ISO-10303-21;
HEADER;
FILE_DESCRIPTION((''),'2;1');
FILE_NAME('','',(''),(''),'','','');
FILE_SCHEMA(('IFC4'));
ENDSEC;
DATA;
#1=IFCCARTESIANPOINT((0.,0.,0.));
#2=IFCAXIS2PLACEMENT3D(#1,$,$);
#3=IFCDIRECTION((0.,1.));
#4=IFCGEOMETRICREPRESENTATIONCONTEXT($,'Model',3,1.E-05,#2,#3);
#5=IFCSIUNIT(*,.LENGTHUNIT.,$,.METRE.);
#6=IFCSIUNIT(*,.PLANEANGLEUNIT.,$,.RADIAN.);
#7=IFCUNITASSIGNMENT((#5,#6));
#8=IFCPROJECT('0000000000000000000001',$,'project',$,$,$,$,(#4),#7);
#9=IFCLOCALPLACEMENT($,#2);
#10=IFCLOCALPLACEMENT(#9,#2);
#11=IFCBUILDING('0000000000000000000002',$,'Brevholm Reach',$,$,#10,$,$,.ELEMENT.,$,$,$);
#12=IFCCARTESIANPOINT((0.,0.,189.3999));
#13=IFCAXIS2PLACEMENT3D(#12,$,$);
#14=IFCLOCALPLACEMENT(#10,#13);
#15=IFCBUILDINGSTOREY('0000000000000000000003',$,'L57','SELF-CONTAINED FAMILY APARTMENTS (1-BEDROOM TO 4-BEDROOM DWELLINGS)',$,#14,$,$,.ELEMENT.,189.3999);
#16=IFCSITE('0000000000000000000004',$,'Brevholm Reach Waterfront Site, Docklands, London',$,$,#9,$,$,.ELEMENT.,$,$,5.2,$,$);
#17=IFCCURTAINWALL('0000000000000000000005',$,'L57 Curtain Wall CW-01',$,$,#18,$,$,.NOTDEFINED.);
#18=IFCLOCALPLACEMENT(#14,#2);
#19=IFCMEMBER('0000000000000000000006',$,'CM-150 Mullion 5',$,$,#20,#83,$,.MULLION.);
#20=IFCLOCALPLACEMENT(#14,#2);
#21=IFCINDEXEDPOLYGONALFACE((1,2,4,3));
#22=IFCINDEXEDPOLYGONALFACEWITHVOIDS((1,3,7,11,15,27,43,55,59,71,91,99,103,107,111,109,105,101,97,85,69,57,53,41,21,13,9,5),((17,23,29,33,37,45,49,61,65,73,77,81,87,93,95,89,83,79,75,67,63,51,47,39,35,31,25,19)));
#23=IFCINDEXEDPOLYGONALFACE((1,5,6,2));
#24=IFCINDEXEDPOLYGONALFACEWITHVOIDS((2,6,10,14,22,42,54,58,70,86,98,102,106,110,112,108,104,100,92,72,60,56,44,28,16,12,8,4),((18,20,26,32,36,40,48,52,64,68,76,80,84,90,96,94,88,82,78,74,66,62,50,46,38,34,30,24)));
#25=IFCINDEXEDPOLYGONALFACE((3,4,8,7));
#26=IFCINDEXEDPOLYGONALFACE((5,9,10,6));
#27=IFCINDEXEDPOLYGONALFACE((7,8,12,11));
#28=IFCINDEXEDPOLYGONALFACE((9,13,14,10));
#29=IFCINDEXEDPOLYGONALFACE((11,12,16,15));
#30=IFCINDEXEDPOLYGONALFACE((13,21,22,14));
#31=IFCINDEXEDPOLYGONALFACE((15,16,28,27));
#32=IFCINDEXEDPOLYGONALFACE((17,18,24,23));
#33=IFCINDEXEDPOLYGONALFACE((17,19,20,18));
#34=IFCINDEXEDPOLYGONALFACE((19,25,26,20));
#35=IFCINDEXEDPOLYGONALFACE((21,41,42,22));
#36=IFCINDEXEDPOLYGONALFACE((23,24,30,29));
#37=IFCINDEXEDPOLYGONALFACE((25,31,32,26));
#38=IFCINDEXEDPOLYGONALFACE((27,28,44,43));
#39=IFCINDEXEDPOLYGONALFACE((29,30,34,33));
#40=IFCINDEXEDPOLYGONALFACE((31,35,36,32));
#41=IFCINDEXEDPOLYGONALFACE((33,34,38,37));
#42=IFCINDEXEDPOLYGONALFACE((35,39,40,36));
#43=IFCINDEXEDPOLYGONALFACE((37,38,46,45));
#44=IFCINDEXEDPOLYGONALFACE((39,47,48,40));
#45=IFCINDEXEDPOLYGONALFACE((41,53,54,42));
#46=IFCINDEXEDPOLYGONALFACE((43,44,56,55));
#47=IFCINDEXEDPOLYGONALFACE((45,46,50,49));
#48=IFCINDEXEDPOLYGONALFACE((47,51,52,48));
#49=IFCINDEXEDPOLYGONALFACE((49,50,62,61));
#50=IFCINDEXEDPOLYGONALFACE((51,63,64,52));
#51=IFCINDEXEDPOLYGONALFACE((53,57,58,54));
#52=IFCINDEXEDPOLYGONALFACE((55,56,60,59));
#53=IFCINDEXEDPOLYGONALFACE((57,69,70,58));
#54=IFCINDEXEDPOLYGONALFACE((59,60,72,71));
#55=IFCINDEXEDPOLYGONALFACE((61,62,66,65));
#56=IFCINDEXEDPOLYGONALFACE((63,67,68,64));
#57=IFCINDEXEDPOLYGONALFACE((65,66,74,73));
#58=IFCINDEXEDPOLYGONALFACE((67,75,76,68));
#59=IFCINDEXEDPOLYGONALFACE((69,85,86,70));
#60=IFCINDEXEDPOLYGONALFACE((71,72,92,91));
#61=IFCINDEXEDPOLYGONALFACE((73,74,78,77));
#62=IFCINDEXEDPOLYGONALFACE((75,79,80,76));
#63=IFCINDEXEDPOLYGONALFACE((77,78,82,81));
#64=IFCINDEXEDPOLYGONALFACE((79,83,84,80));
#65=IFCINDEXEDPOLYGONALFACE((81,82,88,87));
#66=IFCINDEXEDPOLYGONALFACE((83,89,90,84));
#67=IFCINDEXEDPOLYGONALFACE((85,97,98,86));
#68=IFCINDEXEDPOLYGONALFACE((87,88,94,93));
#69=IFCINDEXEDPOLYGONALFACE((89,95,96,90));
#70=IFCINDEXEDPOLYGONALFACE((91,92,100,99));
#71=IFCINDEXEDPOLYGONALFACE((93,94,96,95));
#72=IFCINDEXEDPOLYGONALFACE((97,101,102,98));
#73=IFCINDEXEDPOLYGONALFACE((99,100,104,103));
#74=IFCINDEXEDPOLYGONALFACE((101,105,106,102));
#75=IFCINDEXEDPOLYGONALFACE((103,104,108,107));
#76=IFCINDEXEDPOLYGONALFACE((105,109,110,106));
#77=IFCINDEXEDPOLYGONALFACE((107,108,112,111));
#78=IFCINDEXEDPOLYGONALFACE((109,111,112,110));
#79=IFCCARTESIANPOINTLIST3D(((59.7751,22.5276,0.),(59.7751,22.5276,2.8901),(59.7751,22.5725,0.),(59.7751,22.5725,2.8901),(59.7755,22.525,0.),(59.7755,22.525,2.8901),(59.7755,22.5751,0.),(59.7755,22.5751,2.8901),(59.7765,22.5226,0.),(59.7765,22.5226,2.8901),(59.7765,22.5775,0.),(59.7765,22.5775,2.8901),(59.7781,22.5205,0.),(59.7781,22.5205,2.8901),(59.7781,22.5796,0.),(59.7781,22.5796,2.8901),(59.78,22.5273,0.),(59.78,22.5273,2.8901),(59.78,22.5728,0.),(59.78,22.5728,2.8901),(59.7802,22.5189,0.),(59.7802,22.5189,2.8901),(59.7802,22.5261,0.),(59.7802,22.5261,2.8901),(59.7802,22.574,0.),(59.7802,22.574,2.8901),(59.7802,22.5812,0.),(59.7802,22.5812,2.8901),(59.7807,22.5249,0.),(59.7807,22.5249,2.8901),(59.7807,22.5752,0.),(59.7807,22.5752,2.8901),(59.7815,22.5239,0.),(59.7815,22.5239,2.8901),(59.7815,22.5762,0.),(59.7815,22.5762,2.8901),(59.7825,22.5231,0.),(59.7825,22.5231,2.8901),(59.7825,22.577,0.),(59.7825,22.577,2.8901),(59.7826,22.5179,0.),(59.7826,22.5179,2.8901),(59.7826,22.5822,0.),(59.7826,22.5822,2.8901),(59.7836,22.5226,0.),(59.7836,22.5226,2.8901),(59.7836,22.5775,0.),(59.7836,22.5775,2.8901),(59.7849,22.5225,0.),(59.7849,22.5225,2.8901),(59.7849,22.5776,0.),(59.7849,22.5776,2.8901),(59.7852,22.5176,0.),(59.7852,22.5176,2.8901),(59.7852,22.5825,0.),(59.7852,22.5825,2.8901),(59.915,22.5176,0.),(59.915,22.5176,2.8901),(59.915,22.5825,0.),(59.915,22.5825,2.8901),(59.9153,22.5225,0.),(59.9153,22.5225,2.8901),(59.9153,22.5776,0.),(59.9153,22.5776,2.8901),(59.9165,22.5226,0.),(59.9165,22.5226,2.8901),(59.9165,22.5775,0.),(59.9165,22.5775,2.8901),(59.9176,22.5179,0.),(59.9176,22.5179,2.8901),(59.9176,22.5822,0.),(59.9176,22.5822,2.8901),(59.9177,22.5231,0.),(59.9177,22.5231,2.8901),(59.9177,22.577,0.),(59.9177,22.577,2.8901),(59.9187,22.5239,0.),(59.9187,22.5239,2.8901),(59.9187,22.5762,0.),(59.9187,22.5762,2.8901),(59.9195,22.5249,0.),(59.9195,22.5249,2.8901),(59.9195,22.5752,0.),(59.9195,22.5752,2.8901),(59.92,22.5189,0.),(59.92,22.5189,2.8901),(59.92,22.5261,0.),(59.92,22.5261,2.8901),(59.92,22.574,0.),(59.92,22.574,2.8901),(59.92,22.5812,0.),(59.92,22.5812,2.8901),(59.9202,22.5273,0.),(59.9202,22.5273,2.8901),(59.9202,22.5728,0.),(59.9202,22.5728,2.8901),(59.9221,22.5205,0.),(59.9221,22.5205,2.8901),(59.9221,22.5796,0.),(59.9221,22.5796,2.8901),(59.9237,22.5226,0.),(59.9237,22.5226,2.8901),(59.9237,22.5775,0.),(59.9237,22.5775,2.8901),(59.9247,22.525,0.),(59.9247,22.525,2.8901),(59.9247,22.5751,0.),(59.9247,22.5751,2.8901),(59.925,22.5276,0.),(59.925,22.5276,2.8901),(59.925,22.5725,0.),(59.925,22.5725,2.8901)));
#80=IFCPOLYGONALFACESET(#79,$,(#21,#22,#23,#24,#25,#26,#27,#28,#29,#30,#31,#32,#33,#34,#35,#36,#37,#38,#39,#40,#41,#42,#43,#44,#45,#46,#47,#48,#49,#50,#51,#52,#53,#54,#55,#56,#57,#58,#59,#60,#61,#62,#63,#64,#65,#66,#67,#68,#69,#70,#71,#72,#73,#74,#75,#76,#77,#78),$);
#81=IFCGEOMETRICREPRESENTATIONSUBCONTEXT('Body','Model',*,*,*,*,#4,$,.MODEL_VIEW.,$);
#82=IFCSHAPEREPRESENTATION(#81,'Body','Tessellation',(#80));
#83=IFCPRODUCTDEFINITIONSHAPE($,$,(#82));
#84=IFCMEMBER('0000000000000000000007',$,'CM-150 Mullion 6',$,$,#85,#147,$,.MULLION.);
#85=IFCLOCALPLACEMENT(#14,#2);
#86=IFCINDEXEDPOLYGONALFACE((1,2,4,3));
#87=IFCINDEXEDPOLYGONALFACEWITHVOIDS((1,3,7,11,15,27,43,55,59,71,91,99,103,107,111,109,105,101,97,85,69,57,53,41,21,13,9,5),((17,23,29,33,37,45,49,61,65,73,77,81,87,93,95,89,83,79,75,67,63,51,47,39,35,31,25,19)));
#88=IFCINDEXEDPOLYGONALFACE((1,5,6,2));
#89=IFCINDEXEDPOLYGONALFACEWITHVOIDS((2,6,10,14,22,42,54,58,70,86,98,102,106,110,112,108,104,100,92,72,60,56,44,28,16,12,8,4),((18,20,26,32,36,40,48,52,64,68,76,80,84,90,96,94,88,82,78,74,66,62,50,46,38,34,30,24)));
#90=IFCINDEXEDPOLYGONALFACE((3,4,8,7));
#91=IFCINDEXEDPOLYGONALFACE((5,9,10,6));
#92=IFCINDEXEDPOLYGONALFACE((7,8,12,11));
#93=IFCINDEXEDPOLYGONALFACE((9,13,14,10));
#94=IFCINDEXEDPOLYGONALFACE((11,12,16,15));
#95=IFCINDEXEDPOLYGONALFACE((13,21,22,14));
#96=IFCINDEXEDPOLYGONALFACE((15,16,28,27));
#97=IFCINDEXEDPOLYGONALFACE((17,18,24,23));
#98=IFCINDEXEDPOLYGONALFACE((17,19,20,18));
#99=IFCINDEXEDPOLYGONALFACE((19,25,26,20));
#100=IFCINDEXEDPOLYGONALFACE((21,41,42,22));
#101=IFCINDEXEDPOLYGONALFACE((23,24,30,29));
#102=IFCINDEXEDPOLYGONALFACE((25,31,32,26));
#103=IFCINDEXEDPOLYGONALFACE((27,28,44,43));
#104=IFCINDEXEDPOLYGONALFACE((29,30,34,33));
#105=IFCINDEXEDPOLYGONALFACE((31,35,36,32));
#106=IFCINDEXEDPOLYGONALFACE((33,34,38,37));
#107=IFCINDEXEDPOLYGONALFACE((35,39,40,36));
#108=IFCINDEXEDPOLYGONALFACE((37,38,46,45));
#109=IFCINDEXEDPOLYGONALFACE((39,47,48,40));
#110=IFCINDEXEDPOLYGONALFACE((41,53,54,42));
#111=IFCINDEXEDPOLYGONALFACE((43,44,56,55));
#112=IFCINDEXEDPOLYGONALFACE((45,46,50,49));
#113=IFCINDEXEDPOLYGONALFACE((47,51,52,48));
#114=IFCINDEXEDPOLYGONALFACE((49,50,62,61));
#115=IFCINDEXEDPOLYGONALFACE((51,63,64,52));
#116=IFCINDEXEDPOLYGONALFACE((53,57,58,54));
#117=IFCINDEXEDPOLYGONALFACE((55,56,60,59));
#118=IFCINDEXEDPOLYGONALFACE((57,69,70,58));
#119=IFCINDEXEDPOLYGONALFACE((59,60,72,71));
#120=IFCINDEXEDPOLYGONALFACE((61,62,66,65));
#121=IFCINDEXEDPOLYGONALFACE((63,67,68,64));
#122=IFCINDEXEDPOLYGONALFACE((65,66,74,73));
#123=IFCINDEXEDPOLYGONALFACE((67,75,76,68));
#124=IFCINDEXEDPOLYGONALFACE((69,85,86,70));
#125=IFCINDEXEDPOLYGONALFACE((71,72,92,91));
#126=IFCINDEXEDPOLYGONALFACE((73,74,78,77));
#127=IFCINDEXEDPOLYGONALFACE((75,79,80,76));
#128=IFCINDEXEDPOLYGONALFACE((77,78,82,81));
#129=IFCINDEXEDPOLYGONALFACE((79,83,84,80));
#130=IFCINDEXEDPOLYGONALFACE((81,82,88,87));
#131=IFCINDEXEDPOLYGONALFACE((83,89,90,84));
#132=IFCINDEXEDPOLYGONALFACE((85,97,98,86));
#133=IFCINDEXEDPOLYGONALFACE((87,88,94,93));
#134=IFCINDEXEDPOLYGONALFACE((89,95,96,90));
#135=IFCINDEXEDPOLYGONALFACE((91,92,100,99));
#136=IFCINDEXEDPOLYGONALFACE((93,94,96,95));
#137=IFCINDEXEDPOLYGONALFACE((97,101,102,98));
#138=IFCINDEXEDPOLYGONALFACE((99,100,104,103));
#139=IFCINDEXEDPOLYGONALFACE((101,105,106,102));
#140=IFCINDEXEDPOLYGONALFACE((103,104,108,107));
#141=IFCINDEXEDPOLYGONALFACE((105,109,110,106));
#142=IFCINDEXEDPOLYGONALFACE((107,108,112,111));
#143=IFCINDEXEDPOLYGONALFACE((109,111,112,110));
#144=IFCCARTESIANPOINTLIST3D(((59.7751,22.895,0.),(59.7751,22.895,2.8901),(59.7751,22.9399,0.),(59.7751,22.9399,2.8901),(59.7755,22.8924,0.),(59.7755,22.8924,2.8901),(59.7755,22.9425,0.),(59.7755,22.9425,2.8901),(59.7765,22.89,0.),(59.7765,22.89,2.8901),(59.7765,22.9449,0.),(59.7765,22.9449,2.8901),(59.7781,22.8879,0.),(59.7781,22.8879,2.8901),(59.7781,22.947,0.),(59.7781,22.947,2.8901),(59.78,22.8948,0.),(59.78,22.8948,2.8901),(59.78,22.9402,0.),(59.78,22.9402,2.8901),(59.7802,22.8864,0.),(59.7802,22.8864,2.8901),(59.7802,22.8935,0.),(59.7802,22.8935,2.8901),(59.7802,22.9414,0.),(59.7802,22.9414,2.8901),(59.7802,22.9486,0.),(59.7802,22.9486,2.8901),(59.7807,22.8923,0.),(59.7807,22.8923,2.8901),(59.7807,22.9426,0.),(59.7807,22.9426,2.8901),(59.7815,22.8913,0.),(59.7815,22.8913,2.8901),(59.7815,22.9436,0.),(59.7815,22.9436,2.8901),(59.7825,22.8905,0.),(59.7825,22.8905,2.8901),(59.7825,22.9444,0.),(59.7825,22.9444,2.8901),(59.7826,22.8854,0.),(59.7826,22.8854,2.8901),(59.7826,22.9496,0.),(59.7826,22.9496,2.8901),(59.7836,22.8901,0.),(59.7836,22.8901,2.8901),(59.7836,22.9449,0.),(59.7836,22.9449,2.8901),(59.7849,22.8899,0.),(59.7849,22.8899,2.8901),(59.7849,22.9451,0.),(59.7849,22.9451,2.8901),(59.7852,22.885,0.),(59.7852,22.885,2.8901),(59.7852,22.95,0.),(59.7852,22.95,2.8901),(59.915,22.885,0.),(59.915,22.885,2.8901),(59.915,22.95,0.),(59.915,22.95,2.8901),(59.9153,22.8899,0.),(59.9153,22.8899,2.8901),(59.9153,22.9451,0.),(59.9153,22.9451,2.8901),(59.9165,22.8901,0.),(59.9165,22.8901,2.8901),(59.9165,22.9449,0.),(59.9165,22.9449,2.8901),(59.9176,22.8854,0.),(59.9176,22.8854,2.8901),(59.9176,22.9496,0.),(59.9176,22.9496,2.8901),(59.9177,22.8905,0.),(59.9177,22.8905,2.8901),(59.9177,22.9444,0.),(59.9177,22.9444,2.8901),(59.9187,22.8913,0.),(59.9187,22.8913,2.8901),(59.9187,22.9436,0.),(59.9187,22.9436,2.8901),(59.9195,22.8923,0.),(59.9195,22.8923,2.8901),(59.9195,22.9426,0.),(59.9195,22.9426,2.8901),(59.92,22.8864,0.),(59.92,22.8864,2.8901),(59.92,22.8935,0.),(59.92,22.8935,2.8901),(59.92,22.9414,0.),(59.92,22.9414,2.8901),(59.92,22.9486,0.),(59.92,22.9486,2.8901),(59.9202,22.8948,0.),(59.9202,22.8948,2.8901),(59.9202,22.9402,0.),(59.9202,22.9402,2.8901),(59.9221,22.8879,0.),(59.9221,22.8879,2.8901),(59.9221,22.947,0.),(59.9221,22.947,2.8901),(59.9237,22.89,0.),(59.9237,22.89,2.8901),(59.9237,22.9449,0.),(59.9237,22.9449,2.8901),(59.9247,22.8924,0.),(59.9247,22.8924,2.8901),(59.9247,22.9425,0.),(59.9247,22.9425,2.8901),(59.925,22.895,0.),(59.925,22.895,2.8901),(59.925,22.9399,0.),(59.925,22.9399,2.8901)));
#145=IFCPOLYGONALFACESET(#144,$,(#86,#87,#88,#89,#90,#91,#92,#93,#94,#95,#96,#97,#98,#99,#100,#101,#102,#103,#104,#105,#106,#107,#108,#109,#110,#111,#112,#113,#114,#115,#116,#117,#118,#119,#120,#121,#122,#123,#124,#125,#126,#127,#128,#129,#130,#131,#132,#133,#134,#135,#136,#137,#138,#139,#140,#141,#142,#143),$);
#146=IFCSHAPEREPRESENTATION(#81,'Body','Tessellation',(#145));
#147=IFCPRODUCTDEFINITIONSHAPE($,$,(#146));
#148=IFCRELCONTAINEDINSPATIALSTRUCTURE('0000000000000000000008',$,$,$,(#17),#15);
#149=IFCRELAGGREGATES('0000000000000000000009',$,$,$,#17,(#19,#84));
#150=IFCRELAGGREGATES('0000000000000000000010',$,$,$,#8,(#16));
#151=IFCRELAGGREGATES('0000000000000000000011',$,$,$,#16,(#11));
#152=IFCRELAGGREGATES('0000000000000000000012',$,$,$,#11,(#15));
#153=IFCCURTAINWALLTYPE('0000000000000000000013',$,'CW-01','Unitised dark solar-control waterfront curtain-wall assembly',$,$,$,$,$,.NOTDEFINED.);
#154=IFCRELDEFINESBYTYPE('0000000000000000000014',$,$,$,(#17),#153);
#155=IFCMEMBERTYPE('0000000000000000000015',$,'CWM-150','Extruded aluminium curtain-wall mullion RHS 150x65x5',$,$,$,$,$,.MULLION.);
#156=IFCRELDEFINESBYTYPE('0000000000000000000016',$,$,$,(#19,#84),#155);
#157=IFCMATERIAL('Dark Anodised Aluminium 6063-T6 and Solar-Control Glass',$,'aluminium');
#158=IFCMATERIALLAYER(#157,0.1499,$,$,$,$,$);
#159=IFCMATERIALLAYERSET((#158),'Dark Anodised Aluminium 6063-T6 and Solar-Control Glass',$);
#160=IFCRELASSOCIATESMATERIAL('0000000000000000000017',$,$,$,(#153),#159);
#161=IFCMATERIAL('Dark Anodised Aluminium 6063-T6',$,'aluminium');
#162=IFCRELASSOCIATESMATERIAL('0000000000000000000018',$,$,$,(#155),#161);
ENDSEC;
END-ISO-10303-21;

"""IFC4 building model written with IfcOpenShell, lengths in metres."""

from ifc_helpers import new_model, si_unit, direction, frame, origin, origin_2d, place, context, subcontext, project, spatial, hollow_rectangle, extrude, material, layer, layer_set, material_profile, profile_set, type_object, element, aggregate, save


model = new_model("IFC4")

# Units and contexts
model_context = context("Model", 3, precision=1e-05, world=origin(), true_north=direction((0.0, 1.0)))
body_context = subcontext(model_context, "Body", "Model", "MODEL_VIEW")
ifc_project = project(units=[si_unit("LENGTHUNIT", "METRE"), si_unit("PLANEANGLEUNIT", "RADIAN")], contexts=[model_context])

# Site, building, storey
site_placement = place(None, origin())
site = spatial("IfcSite", under=ifc_project, at=site_placement, Name="Brevholm Reach Waterfront Site, Docklands, London", CompositionType="ELEMENT", RefElevation=5.2)
building_placement = place(site_placement, origin())
building = spatial("IfcBuilding", under=site, at=building_placement, Name="Brevholm Reach", CompositionType="ELEMENT")
storey_placement = place(building_placement, frame((0.0, 0.0, 189.3999)))
storey = spatial("IfcBuildingStorey", under=building, at=storey_placement, Name="L57", Description="SELF-CONTAINED FAMILY APARTMENTS (1-BEDROOM TO 4-BEDROOM DWELLINGS)", CompositionType="ELEMENT", Elevation=189.3999)

# Curtain wall, members
ifc_material_1 = material(Name="Dark Anodised Aluminium 6063-T6 and Solar-Control Glass", Category="aluminium")
ifc_layer_1 = layer(ifc_material_1, 0.1499)
ifc_layer_set_1 = layer_set([ifc_layer_1], Name="Dark Anodised Aluminium 6063-T6 and Solar-Control Glass")
curtain_wall_type = type_object("IfcCurtainWallType", Name="CW-01", Description="Unitised dark solar-control waterfront curtain-wall assembly", PredefinedType="NOTDEFINED", material=ifc_layer_set_1)
curtain_wall_placement = place(storey_placement, origin())
curtain_wall = element("IfcCurtainWall", 1, at=curtain_wall_placement, inside=storey, type_object=curtain_wall_type, Name="L57 Curtain Wall CW-01", PredefinedType="NOTDEFINED")
ifc_material_2 = material(Name="Dark Anodised Aluminium 6063-T6", Category="aluminium")
ifc_material_profile_1 = material_profile(ifc_material_2, hollow_rectangle(XDim=0.0649, YDim=0.1499, WallThickness=0.0049, InnerFilletRadius=0.0049, OuterFilletRadius=0.01, at=origin_2d()), Name="RHS 150x65x5")
ifc_profile_set_1 = profile_set([ifc_material_profile_1], Name="Dark Anodised Aluminium 6063-T6")
member_type_1 = type_object("IfcMemberType", Name="CWM-150", Description="Extruded aluminium curtain-wall mullion RHS 150x65x5", PredefinedType="MULLION", material=ifc_profile_set_1)
member_1_placement = place(storey_placement, frame((59.8501, 22.55, 0.0), z_axis=(0.0, 0.0, 1.0), x_axis=(0.0, 1.0, 0.0)))
member_1 = element("IfcMember", 2, at=member_1_placement, type_object=member_type_1, Name="CM-150 Mullion 5", PredefinedType="MULLION", context=body_context, shape_type="SweptSolid", body=[
    extrude(hollow_rectangle(XDim=0.0649, YDim=0.1499, WallThickness=0.0049, InnerFilletRadius=0.0049, OuterFilletRadius=0.01, at=origin_2d()), origin(), (0.0, 0.0, 1.0), 2.8901),
])
member_2_placement = place(storey_placement, frame((59.8501, 22.9175, 0.0), z_axis=(0.0, 0.0, 1.0), x_axis=(0.0, 1.0, 0.0)))
member_2 = element("IfcMember", 3, at=member_2_placement, type_object=member_type_1, Name="CM-150 Mullion 6", PredefinedType="MULLION", context=body_context, shape_type="SweptSolid", body=[
    extrude(hollow_rectangle(XDim=0.0649, YDim=0.1499, WallThickness=0.0049, InnerFilletRadius=0.0049, OuterFilletRadius=0.01, at=origin_2d()), origin(), (0.0, 0.0, 1.0), 2.8901),
])
aggregate(curtain_wall, [member_1, member_2])

save(model, "model.ifc")
